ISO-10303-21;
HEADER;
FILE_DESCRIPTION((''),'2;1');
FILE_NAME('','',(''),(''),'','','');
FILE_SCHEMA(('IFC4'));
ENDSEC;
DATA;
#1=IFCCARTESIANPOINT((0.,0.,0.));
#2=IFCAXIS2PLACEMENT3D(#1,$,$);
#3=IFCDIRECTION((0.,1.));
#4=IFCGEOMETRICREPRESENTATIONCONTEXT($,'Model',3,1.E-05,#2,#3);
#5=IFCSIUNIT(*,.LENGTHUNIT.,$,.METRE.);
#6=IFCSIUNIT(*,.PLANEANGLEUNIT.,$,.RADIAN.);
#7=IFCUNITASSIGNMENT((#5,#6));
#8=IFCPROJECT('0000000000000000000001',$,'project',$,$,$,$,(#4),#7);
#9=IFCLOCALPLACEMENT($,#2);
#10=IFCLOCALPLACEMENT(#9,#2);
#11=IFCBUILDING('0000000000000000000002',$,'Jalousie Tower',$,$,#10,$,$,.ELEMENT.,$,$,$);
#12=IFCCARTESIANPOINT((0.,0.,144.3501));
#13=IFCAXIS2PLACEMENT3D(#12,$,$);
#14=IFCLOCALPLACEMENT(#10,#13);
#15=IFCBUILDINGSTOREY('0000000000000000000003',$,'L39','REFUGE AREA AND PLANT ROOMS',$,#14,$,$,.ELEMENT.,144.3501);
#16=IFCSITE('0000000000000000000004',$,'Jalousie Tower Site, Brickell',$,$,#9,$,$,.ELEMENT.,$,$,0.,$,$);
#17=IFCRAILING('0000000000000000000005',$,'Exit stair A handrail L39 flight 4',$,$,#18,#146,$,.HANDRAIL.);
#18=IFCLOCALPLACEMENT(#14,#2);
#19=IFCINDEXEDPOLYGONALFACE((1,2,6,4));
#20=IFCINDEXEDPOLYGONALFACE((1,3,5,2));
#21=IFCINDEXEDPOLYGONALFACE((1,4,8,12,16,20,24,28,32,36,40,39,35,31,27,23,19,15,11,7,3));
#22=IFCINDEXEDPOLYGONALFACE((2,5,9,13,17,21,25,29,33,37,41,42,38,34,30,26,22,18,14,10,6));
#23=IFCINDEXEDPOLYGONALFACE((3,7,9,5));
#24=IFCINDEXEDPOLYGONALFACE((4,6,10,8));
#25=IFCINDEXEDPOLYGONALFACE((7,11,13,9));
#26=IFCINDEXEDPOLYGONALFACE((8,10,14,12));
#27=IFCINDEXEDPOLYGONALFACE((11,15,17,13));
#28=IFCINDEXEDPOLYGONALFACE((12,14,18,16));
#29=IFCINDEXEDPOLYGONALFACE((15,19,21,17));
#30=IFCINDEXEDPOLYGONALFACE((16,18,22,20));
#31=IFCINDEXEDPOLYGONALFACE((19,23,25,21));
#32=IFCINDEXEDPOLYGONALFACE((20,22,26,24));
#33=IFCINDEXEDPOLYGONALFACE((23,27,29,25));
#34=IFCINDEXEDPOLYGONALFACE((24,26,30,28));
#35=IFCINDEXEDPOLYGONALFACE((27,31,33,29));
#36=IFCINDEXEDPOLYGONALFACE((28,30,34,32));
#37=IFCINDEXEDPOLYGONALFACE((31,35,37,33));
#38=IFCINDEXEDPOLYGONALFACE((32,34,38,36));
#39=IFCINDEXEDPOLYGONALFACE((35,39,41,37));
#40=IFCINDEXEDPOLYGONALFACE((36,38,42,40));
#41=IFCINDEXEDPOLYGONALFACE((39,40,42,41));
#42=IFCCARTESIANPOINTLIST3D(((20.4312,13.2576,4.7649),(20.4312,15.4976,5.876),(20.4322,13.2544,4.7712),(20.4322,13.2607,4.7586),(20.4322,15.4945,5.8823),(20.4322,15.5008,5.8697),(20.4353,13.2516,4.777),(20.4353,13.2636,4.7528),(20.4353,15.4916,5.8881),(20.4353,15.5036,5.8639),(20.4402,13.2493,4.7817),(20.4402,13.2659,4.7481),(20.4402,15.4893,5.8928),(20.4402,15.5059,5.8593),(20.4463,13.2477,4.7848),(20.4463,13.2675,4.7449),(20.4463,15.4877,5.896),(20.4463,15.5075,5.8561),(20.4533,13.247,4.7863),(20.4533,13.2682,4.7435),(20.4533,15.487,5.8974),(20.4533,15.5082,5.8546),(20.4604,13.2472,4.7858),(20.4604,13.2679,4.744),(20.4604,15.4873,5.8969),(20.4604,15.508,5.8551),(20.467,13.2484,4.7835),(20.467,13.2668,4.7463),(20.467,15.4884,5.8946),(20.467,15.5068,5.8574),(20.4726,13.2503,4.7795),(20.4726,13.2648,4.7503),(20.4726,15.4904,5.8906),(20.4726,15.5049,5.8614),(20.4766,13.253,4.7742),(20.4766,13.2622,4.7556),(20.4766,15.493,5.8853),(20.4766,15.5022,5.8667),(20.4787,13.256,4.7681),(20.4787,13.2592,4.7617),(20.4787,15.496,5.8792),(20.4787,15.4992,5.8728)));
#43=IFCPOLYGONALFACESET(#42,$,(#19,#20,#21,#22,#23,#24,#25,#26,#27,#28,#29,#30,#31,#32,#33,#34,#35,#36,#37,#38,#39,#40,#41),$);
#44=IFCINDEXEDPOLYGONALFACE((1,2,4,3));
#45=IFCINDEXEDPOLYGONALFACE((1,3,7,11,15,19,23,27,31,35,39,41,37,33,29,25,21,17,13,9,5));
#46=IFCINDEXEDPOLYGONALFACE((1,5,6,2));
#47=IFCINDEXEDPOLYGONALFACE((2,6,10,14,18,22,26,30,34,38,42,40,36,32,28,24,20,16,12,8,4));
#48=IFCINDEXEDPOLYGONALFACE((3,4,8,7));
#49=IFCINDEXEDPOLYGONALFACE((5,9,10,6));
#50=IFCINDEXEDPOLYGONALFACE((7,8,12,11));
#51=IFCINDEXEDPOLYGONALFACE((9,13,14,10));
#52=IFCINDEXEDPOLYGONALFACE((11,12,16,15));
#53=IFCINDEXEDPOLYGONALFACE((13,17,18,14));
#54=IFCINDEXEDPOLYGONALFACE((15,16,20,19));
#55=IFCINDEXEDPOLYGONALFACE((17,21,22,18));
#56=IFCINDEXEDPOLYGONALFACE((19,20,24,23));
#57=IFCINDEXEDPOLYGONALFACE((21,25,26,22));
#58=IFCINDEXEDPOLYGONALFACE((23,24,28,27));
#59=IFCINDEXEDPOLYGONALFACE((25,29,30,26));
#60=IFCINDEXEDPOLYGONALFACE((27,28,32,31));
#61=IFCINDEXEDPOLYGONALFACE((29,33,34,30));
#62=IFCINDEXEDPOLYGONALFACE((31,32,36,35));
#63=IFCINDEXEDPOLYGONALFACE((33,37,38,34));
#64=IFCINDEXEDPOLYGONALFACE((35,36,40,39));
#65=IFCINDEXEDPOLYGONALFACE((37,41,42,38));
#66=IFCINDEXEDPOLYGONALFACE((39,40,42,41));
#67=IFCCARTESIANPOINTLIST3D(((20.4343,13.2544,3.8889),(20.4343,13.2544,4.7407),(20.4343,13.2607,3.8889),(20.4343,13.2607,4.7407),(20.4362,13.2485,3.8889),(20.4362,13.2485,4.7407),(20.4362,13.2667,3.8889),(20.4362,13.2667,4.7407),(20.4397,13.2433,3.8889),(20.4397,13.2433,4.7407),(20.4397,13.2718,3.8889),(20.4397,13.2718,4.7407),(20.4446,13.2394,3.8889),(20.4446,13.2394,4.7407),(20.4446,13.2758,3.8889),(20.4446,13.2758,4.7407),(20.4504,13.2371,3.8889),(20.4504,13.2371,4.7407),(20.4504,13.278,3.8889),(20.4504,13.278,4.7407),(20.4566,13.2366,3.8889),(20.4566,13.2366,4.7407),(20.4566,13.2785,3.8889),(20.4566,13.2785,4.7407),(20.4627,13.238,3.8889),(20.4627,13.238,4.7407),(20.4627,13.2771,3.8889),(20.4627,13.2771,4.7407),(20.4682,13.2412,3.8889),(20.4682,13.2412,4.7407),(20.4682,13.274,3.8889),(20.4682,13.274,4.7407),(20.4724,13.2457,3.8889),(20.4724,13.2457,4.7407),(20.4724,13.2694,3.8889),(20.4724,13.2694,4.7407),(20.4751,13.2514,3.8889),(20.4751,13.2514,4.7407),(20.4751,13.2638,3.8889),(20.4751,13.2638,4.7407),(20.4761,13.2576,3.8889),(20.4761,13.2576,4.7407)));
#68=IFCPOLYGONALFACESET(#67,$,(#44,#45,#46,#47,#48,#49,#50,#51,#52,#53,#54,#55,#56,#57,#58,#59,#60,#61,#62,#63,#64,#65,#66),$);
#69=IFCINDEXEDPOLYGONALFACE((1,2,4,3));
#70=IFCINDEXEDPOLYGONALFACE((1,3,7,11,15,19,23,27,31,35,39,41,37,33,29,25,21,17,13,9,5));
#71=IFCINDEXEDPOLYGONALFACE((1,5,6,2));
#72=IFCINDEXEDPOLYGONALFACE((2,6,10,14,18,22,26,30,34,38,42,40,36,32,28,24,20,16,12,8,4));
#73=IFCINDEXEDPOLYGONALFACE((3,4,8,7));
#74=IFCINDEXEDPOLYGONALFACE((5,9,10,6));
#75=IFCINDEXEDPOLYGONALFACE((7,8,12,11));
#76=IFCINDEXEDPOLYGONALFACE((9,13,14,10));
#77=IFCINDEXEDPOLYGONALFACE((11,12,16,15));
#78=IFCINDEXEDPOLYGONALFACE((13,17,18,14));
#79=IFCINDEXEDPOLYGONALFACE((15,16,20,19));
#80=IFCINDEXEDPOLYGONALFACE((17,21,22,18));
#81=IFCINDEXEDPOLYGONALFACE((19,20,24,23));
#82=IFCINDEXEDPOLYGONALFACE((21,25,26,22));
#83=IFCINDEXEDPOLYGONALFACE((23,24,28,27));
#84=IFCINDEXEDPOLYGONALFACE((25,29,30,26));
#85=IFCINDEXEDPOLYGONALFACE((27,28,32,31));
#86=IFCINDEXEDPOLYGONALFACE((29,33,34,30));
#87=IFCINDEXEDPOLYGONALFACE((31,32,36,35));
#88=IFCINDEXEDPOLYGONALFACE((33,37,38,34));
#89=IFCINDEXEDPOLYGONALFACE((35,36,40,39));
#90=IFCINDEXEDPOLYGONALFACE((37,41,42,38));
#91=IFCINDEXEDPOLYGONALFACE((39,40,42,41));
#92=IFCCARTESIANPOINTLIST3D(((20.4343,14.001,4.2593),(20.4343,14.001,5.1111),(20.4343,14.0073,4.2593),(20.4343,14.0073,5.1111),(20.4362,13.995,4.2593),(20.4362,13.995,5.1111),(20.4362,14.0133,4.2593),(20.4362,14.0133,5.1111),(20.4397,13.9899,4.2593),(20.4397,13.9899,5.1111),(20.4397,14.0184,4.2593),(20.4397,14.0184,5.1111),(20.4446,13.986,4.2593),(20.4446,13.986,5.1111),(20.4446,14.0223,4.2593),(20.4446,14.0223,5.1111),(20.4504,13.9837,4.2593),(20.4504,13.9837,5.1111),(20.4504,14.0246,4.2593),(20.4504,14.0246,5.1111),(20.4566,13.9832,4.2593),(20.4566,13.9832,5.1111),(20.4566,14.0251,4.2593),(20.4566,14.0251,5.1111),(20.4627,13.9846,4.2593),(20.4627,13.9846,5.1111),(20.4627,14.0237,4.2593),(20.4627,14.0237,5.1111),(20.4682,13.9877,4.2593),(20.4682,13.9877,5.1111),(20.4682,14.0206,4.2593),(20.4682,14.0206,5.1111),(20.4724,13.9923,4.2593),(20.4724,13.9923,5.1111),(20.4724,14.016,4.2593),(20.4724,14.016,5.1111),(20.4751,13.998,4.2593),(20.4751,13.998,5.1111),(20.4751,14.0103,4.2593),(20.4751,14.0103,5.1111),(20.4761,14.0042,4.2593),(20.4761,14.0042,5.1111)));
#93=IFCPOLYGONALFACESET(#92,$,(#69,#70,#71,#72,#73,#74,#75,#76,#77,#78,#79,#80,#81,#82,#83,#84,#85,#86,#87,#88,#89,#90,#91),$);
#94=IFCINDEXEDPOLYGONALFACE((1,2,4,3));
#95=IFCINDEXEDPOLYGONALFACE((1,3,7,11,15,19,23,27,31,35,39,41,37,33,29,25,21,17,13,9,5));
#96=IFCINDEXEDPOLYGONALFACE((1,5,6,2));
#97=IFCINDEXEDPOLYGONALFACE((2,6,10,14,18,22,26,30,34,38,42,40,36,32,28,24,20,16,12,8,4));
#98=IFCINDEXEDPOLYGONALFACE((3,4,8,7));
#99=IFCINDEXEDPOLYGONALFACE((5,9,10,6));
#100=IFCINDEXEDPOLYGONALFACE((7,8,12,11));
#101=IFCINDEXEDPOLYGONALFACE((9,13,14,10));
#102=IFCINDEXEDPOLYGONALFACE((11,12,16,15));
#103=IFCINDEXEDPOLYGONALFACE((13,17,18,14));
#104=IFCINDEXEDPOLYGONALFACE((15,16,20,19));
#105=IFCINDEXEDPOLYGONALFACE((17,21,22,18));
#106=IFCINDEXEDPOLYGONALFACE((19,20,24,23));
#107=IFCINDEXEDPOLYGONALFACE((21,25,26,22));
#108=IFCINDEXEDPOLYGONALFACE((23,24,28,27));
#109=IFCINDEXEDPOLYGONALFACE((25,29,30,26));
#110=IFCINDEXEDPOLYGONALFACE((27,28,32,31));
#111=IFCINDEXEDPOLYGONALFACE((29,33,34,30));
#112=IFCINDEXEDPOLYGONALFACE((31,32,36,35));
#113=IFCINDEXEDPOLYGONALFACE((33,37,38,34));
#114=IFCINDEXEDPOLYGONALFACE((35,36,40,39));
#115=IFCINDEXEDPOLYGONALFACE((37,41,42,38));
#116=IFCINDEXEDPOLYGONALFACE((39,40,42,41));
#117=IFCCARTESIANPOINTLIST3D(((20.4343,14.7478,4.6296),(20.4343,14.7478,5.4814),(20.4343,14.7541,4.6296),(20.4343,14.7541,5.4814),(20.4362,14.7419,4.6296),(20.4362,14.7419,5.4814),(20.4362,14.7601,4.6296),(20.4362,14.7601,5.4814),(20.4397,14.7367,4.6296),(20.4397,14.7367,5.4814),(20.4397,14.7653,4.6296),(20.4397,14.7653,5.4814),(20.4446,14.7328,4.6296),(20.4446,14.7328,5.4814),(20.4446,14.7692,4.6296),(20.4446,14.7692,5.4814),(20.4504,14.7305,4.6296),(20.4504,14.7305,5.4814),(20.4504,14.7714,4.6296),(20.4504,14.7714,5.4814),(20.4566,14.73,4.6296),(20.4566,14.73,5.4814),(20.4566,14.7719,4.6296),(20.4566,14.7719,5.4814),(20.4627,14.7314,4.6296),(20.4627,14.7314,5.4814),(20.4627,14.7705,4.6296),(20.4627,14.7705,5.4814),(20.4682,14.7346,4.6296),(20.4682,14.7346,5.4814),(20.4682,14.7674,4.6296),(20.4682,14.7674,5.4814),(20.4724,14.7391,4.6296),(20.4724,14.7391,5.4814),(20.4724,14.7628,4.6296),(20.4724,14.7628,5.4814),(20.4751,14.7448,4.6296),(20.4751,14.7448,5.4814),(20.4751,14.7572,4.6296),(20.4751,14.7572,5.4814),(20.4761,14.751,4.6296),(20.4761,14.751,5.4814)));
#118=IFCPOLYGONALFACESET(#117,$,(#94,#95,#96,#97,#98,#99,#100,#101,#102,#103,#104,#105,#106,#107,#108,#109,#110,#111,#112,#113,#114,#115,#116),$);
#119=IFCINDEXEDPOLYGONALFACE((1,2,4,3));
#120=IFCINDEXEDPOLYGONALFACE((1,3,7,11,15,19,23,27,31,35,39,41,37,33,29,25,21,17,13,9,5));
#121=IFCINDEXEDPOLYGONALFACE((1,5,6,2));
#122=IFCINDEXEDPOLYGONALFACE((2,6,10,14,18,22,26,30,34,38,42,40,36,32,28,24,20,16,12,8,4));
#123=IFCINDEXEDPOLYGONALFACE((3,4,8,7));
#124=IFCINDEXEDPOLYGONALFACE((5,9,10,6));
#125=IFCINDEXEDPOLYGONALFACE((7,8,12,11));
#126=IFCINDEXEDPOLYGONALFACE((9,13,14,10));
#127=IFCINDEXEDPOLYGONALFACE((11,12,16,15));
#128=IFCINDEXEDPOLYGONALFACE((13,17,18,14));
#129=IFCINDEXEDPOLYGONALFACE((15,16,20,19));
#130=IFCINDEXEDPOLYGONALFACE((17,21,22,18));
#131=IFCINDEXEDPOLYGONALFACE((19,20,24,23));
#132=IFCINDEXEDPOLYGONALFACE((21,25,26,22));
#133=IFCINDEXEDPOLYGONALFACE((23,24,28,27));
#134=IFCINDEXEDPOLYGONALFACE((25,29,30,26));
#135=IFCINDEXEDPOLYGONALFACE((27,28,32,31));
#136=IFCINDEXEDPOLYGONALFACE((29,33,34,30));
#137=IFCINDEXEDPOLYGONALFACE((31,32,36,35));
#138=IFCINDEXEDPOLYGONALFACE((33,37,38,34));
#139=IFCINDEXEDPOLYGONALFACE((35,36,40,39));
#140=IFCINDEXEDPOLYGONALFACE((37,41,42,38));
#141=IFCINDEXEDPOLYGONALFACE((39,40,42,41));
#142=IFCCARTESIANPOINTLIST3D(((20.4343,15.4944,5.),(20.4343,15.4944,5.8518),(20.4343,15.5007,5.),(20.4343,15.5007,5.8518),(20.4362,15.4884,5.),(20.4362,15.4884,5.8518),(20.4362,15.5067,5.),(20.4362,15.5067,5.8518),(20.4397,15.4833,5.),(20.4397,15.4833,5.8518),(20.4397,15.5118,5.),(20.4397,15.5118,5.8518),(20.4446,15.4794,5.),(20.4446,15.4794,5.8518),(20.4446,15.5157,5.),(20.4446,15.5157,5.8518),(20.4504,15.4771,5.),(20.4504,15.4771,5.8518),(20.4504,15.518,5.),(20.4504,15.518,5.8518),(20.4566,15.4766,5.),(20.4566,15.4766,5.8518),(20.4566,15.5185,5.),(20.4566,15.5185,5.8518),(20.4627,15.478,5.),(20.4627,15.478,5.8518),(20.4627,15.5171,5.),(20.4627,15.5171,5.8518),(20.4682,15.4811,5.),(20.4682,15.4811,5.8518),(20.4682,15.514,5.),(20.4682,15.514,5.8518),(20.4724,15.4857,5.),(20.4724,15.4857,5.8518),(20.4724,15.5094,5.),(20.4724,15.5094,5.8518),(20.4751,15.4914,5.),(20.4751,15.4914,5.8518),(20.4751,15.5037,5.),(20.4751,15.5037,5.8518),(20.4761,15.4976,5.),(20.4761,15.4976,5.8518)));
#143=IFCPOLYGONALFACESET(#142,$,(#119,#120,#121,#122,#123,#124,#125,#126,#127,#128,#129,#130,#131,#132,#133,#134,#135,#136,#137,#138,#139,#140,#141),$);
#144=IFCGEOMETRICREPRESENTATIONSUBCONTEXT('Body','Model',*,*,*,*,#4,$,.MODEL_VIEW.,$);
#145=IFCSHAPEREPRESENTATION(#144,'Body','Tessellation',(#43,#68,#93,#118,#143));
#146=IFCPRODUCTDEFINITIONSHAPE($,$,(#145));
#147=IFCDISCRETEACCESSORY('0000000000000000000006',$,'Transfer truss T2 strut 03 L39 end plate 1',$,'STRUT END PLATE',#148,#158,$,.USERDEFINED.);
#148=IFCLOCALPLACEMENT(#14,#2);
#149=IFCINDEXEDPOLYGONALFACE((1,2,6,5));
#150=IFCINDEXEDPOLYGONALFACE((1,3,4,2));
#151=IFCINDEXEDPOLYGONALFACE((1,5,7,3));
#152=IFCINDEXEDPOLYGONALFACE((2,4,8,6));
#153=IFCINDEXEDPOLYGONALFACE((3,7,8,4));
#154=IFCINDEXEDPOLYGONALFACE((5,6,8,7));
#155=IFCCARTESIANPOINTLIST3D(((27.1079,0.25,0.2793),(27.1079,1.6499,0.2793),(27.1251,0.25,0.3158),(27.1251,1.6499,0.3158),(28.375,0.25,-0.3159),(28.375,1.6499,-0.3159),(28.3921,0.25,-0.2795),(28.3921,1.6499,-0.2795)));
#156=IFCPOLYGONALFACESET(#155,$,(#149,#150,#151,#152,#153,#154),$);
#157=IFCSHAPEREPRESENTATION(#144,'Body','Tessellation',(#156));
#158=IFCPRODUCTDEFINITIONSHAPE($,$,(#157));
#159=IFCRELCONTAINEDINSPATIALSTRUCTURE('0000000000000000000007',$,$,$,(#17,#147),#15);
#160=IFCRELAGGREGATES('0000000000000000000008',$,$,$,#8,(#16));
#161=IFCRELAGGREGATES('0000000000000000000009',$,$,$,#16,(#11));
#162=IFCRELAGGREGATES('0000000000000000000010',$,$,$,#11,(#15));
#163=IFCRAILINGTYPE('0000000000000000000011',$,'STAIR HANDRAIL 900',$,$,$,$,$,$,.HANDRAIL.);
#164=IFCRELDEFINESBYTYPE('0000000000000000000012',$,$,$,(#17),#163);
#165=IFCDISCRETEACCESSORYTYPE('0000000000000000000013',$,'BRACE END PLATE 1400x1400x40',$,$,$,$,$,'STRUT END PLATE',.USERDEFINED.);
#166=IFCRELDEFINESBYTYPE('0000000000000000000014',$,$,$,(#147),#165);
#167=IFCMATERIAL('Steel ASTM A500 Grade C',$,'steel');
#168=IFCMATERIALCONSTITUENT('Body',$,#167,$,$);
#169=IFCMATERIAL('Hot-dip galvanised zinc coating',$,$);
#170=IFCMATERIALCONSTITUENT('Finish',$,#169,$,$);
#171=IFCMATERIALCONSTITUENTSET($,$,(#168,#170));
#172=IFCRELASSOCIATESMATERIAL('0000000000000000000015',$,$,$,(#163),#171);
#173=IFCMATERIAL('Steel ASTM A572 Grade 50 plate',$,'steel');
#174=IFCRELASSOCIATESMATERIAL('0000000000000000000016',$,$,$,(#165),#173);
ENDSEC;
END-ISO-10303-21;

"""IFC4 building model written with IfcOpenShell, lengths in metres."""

from ifc_helpers import new_model, si_unit, direction, frame, origin, origin_2d, place, context, subcontext, project, spatial, rectangle, circle, extrude, material, constituent, constituent_set, material_profile, profile_set, type_object, element, save


model = new_model("IFC4")

# Units and contexts
model_context = context("Model", 3, precision=1e-05, world=origin(), true_north=direction((0.0, 1.0)))
body_context = subcontext(model_context, "Body", "Model", "MODEL_VIEW")
ifc_project = project(units=[si_unit("LENGTHUNIT", "METRE"), si_unit("PLANEANGLEUNIT", "RADIAN")], contexts=[model_context])

# Site, building, storey
site_placement = place(None, origin())
site = spatial("IfcSite", under=ifc_project, at=site_placement, Name="Jalousie Tower Site, Brickell", CompositionType="ELEMENT", RefElevation=0.0)
building_placement = place(site_placement, origin())
building = spatial("IfcBuilding", under=site, at=building_placement, Name="Jalousie Tower", CompositionType="ELEMENT")
storey_placement = place(building_placement, frame((0.0, 0.0, 144.3501)))
storey = spatial("IfcBuildingStorey", under=building, at=storey_placement, Name="L39", Description="REFUGE AREA AND PLANT ROOMS", CompositionType="ELEMENT", Elevation=144.3501)

# Railing
ifc_material_1 = material(Name="Steel ASTM A500 Grade C", Category="steel")
ifc_constituent_1 = constituent(ifc_material_1, Name="Body")
ifc_material_2 = material(Name="Hot-dip galvanised zinc coating")
ifc_constituent_2 = constituent(ifc_material_2, Name="Finish")
ifc_constituent_set_1 = constituent_set(constituents=[ifc_constituent_1, ifc_constituent_2])
railing_type_1 = type_object("IfcRailingType", Name="STAIR HANDRAIL 900", PredefinedType="HANDRAIL", material=ifc_constituent_set_1)
for number, where, name in (
    (1, (20.4551, 13.2576, 3.8889), "Exit stair A handrail L39 flight 4"),
):
    element("IfcRailing", number, at=place(storey_placement, frame(where)), inside=storey, type_object=railing_type_1, Name=name, PredefinedType="HANDRAIL", context=body_context, shape_type="SweptSolid", body=[
        extrude(circle(Radius=0.0239, at=origin_2d()), frame((0.0, 0.0, 0.876), z_axis=(0.0, 0.895848, 0.44436), x_axis=(-1.0, 0.0, 0.0)), (0.0, 0.0, 1.0), 2.5005),
        extrude(circle(Radius=0.021, at=origin_2d()), origin(), (0.0, 0.0, 1.0), 0.8518),
        extrude(circle(Radius=0.021, at=origin_2d()), frame((0.0, 0.7466, 0.3704)), (0.0, 0.0, 1.0), 0.8518),
        extrude(circle(Radius=0.021, at=origin_2d()), frame((0.0, 1.4934, 0.7407)), (0.0, 0.0, 1.0), 0.8518),
        extrude(circle(Radius=0.021, at=origin_2d()), frame((0.0, 2.24, 1.1111)), (0.0, 0.0, 1.0), 0.8518),
    ])

# Discrete accessory
ifc_material_3 = material(Name="Steel ASTM A572 Grade 50 plate", Category="steel")
ifc_material_profile_1 = material_profile(ifc_material_3, rectangle(XDim=1.3999, YDim=1.3999, at=origin_2d()), Name="BRACE END PLATE 1400x1400x40")
ifc_profile_set_1 = profile_set([ifc_material_profile_1], Name="Steel ASTM A572 Grade 50 plate")
discrete_accessory_type = type_object("IfcDiscreteAccessoryType", Name="BRACE END PLATE 1400x1400x40", ElementType="STRUT END PLATE", PredefinedType="USERDEFINED", material=ifc_profile_set_1)
discrete_accessory_placement = place(storey_placement, frame((27.7415, 0.95, -0.0183), z_axis=(0.425212, 0.0, 0.905094), x_axis=(0.0, 1.0, 0.0)))
element("IfcDiscreteAccessory", 2, at=discrete_accessory_placement, inside=storey, type_object=discrete_accessory_type, Name="Transfer truss T2 strut 03 L39 end plate 1", ObjectType="STRUT END PLATE", PredefinedType="USERDEFINED", context=body_context, shape_type="SweptSolid", body=[
    extrude(rectangle(XDim=1.3999, YDim=1.3999, at=origin_2d()), origin(), (0.0, 0.0, 1.0), 0.0403),
])

save(model, "model.ifc")
